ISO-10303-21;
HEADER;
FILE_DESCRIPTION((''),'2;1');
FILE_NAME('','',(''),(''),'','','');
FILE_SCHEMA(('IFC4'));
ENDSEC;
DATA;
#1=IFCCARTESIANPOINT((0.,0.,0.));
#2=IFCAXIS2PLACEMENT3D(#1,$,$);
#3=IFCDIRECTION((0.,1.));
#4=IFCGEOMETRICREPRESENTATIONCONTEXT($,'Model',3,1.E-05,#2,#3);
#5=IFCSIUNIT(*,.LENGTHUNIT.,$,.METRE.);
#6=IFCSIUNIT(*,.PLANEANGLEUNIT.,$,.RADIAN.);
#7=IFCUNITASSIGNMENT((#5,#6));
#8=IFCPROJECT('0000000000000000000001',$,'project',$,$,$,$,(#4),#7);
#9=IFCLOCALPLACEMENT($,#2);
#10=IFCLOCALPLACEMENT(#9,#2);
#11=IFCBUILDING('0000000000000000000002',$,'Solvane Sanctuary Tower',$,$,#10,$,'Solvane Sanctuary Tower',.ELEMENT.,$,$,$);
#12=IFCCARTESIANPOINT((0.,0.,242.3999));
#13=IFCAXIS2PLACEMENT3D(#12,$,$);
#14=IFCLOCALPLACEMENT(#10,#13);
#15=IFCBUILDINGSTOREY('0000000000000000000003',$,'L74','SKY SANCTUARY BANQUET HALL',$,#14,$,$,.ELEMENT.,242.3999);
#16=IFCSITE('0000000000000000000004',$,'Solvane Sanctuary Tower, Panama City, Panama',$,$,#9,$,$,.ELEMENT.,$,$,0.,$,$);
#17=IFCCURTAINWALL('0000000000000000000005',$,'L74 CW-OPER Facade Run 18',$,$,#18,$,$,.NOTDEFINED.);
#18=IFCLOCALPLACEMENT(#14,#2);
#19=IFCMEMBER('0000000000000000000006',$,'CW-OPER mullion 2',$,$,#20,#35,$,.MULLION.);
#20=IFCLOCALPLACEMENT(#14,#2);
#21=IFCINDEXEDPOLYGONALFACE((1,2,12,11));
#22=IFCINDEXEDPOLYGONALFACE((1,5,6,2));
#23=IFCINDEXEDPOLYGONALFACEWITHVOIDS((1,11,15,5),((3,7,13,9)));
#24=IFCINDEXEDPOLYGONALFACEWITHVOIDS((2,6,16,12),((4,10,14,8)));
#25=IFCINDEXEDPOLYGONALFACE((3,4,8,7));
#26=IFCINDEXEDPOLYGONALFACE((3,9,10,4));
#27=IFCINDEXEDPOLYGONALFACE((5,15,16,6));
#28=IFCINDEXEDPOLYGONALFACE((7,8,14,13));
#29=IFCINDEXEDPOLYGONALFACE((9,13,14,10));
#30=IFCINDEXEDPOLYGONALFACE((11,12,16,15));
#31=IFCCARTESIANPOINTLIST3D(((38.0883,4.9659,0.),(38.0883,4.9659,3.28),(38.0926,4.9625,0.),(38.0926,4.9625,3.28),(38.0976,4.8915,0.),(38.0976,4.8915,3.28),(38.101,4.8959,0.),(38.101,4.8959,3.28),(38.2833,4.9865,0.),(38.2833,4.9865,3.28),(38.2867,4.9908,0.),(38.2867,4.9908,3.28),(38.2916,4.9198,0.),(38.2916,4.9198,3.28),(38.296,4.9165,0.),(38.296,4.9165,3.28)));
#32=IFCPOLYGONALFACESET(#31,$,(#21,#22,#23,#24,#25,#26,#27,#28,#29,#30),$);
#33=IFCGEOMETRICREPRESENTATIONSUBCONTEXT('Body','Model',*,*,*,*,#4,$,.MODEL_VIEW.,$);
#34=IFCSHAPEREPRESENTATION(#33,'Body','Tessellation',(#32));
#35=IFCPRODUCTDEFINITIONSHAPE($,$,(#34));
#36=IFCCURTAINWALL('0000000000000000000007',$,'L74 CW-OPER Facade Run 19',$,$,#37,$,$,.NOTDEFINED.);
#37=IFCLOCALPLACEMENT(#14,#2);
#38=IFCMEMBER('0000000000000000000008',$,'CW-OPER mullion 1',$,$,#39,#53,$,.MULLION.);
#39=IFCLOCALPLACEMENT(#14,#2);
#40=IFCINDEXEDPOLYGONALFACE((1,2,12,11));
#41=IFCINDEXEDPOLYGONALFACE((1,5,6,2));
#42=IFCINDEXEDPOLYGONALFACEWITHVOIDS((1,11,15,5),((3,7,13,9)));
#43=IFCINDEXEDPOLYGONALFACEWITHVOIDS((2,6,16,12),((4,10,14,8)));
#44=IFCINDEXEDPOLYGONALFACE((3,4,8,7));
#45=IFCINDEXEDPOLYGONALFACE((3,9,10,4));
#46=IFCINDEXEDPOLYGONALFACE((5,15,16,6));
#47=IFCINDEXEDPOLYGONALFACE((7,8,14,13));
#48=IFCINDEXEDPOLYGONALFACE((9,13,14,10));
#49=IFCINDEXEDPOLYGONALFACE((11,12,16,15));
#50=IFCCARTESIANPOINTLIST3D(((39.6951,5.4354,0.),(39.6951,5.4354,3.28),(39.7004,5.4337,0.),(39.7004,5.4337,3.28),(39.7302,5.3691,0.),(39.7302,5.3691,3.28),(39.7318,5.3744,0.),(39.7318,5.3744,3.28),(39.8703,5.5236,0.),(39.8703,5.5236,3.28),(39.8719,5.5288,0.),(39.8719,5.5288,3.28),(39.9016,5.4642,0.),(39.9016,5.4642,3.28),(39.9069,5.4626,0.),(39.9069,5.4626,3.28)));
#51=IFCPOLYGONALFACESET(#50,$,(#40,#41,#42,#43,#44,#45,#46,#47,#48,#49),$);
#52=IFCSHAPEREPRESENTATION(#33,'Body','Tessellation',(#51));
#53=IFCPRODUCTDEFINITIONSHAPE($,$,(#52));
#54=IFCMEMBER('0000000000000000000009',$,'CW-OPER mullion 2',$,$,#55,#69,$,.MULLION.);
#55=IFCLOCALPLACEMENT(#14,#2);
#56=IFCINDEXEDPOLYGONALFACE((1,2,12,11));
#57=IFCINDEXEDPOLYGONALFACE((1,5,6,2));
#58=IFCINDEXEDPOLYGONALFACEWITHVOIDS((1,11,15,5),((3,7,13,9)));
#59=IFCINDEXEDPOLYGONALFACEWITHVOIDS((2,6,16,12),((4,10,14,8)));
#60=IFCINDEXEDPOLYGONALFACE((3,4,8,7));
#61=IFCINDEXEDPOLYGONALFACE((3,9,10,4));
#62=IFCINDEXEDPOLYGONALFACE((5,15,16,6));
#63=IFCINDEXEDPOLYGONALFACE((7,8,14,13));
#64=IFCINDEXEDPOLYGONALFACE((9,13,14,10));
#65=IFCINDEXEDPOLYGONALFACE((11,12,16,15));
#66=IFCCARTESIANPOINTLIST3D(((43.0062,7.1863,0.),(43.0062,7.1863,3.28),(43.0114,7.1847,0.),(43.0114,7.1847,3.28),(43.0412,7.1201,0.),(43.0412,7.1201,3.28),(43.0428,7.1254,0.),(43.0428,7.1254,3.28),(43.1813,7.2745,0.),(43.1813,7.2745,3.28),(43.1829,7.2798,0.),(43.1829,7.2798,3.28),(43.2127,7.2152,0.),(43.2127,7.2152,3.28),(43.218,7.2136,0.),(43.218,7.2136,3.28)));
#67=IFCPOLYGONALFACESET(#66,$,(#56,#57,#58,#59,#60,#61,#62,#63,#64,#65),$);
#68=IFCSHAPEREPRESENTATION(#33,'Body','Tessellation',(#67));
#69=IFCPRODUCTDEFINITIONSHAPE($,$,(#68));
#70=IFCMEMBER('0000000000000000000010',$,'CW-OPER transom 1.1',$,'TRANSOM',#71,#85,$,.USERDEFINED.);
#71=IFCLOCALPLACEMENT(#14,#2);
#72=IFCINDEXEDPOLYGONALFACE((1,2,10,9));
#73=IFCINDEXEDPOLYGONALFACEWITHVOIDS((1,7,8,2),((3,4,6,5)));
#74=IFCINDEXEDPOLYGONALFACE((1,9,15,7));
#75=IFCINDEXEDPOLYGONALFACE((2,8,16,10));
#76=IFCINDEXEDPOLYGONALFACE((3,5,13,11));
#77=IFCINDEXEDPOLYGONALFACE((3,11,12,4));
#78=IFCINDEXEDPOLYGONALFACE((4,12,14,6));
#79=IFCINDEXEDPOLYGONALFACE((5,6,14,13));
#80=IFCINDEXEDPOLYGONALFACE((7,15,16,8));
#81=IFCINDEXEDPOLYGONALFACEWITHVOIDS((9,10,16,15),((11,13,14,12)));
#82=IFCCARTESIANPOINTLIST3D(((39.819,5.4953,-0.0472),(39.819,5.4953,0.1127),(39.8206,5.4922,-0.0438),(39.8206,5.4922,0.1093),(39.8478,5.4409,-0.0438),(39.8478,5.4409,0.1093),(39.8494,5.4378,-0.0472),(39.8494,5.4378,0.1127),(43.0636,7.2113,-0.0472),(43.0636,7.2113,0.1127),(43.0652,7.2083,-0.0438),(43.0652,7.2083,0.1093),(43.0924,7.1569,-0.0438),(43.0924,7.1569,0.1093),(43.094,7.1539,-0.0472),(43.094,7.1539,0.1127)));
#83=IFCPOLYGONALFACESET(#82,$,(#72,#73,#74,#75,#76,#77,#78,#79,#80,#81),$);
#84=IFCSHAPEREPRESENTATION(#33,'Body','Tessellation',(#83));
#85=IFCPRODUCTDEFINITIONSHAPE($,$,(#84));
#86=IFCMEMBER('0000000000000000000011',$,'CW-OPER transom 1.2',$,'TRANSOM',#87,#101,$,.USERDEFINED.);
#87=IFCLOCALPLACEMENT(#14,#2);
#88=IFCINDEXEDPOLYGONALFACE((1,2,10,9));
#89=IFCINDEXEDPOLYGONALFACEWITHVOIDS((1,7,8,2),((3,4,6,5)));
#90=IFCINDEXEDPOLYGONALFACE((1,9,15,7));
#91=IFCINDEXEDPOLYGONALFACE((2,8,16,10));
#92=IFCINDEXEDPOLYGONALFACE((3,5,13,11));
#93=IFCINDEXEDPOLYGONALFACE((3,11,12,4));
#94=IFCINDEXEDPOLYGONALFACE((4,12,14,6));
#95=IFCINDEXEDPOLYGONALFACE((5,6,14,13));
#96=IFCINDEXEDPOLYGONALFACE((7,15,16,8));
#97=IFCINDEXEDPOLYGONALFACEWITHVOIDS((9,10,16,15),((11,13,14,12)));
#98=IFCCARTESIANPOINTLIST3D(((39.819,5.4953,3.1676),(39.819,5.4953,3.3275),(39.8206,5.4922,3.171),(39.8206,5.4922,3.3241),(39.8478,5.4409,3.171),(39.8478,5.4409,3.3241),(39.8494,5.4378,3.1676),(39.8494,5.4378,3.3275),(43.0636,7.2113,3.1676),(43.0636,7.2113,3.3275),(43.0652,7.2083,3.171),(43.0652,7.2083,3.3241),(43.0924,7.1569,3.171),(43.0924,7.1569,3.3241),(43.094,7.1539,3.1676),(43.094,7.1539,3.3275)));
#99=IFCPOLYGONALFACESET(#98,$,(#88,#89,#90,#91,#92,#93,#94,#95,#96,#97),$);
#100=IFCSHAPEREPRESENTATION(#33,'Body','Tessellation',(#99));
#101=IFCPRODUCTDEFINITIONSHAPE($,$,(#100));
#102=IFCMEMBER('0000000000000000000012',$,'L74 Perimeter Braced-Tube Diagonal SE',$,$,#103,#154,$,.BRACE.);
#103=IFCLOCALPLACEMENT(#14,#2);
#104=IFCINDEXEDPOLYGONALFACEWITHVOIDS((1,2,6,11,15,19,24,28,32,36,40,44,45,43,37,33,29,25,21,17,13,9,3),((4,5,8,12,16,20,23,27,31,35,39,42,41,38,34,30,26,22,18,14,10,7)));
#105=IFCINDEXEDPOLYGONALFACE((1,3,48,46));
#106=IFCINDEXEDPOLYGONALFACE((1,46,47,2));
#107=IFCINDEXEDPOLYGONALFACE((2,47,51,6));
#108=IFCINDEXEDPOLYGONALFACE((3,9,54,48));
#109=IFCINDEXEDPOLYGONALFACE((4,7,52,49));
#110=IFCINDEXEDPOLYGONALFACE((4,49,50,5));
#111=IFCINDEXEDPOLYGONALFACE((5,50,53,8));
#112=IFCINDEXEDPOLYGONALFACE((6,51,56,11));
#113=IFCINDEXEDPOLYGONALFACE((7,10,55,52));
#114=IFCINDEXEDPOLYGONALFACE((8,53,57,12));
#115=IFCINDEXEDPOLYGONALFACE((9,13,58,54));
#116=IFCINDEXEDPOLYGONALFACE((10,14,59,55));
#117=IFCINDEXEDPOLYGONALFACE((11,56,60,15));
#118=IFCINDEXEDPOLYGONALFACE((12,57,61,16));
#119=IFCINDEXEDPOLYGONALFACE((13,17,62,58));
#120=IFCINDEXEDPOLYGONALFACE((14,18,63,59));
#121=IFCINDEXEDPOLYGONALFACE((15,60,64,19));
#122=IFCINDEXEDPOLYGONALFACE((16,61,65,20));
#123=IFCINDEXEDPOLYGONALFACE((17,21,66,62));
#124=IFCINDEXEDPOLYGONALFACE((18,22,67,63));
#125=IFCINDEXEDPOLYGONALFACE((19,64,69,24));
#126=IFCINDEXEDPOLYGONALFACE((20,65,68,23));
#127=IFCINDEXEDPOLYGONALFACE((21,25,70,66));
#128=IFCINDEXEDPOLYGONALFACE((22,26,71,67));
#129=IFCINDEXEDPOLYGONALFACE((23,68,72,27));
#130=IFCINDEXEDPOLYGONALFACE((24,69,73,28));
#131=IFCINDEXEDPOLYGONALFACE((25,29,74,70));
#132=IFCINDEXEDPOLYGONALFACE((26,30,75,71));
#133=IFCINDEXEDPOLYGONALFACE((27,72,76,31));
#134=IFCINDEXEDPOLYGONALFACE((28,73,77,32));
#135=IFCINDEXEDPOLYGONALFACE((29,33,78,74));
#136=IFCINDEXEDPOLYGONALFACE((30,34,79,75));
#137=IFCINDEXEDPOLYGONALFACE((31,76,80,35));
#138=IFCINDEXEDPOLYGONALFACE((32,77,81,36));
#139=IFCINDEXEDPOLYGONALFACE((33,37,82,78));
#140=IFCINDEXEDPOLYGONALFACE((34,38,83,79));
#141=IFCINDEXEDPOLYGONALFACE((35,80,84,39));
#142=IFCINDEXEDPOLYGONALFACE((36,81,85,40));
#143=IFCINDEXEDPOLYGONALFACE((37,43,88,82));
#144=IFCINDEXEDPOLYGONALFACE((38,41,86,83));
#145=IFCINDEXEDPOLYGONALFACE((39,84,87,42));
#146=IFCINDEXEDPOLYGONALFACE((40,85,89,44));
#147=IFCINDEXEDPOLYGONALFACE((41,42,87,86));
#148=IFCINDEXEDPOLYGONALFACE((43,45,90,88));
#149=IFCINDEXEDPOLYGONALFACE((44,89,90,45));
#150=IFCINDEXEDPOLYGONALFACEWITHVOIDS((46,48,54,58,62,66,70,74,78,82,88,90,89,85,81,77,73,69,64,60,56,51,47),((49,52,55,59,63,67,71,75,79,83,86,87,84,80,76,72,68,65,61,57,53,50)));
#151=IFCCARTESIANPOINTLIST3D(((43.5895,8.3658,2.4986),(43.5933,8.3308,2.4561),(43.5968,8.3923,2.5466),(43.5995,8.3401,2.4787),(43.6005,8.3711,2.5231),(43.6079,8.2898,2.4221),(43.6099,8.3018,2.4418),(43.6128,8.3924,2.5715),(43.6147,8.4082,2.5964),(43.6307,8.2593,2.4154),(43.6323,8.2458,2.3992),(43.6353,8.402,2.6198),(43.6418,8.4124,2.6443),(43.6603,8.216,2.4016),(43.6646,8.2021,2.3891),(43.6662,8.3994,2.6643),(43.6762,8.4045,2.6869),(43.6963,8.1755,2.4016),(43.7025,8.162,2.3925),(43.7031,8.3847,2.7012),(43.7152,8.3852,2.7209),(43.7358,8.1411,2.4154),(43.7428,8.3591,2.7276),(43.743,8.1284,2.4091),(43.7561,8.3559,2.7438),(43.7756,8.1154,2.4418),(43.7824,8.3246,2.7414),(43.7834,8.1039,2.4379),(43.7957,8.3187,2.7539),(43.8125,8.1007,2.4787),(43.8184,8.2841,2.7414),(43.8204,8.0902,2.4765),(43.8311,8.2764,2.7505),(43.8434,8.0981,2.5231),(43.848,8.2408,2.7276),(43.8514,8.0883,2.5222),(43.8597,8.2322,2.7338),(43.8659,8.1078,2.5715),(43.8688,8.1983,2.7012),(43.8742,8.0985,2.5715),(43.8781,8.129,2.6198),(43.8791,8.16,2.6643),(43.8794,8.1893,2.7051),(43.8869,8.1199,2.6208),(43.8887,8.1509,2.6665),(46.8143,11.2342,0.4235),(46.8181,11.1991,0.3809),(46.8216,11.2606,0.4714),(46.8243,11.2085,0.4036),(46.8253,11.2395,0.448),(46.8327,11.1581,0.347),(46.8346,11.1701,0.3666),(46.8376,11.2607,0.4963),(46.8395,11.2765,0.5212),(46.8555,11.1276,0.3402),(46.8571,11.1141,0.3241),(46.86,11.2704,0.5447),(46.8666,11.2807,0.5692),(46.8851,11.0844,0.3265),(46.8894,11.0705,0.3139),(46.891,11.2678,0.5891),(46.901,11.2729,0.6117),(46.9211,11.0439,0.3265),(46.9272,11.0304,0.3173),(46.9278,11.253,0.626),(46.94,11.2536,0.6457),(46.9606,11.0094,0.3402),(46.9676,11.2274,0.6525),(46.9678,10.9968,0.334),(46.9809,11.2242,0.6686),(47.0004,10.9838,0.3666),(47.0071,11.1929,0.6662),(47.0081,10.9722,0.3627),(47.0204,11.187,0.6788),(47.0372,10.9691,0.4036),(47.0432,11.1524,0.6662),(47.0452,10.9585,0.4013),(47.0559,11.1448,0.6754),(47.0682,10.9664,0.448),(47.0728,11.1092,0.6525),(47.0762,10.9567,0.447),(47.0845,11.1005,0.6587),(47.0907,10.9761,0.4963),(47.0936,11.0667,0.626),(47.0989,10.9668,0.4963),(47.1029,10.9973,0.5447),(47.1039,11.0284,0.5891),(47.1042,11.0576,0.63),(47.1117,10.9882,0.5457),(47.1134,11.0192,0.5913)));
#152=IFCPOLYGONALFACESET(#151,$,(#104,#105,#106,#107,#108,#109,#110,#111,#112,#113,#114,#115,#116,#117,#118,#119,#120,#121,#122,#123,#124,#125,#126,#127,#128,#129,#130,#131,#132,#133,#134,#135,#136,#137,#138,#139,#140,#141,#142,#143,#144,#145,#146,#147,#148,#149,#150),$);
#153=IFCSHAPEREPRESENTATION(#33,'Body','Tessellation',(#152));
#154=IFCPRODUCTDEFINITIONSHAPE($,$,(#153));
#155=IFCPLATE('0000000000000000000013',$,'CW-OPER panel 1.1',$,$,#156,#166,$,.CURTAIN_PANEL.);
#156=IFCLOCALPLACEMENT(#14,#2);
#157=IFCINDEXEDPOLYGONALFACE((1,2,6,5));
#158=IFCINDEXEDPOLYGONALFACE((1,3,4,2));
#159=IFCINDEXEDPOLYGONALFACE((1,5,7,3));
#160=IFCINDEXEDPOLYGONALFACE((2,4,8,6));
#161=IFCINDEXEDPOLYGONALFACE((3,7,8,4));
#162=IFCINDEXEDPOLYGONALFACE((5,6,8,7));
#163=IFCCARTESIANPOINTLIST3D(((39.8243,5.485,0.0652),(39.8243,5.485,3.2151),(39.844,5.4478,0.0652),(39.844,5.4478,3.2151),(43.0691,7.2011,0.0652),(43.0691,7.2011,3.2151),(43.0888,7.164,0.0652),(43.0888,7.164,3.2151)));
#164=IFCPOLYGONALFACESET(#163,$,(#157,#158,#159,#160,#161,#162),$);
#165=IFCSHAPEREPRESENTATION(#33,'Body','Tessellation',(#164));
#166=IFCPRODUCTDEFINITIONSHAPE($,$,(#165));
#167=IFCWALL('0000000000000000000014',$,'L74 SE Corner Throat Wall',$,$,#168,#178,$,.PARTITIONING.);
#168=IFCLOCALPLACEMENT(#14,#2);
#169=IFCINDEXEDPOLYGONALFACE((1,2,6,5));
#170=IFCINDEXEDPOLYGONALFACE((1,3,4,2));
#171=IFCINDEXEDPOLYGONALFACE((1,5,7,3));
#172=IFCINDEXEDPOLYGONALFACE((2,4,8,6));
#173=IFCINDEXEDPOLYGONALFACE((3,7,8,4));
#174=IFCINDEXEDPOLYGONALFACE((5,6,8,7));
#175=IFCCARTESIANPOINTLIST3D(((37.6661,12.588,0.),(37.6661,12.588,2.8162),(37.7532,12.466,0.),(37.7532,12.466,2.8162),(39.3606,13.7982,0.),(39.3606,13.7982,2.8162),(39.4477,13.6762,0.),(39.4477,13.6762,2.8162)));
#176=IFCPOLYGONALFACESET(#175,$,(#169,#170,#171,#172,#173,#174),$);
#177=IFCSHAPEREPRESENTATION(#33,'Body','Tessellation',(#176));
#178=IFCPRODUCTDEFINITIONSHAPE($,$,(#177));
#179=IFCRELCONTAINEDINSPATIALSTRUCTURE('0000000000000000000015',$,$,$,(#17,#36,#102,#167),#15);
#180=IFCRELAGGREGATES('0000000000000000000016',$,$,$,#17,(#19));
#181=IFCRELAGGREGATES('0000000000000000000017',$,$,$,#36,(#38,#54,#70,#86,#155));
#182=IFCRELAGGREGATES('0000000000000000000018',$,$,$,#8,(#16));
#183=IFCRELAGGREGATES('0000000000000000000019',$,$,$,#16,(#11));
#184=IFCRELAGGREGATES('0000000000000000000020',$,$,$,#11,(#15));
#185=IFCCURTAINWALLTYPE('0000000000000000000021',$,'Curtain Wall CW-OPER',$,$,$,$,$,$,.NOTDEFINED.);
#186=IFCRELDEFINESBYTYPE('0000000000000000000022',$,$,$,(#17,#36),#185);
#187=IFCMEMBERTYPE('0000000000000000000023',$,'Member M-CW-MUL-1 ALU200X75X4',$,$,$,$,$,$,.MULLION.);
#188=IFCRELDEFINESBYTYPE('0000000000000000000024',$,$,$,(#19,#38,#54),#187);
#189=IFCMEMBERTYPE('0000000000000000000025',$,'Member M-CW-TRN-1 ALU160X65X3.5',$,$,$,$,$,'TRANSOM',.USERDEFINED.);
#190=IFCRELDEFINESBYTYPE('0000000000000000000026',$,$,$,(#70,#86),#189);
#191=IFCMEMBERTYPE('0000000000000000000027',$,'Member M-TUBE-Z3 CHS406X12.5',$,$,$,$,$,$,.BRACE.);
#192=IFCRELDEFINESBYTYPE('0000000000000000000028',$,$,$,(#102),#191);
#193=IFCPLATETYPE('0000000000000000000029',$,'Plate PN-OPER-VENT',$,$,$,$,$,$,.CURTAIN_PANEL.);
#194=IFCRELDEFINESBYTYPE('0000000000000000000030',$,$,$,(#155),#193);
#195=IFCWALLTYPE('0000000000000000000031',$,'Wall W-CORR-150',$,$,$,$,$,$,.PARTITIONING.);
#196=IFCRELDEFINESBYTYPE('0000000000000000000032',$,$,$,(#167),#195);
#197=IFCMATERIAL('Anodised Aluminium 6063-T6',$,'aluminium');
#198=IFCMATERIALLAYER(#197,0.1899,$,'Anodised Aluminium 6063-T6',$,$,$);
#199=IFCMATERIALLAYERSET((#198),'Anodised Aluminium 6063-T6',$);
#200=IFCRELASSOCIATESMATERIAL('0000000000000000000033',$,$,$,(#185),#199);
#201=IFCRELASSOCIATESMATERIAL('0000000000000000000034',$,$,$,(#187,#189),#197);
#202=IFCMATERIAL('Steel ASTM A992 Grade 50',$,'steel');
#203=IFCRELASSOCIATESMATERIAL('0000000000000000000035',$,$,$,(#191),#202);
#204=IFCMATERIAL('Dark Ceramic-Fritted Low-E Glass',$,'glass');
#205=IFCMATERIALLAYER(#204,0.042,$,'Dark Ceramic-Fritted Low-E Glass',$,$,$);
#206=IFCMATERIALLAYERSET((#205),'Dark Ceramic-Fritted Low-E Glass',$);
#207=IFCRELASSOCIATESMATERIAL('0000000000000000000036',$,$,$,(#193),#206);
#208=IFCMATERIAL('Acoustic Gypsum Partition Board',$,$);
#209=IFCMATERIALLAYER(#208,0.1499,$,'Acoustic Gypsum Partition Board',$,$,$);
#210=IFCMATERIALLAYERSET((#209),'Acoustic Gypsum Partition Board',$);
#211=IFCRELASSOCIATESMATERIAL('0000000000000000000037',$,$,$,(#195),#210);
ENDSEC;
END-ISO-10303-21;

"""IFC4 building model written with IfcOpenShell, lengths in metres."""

from ifc_helpers import new_model, si_unit, direction, frame, frame_2d, origin, origin_2d, place, context, subcontext, project, spatial, rectangle, hollow_rectangle, hollow_circle, extrude, material, layer, layer_set, material_profile, profile_set, type_object, element, aggregate, save


model = new_model("IFC4")

# Units and contexts
model_context = context("Model", 3, precision=1e-05, world=origin(), true_north=direction((0.0, 1.0)))
body_context = subcontext(model_context, "Body", "Model", "MODEL_VIEW")
ifc_project = project(units=[si_unit("LENGTHUNIT", "METRE"), si_unit("PLANEANGLEUNIT", "RADIAN")], contexts=[model_context])

# Site, building, storey
site_placement = place(None, origin())
site = spatial("IfcSite", under=ifc_project, at=site_placement, Name="Solvane Sanctuary Tower, Panama City, Panama", CompositionType="ELEMENT", RefElevation=0.0)
building_placement = place(site_placement, origin())
building = spatial("IfcBuilding", under=site, at=building_placement, Name="Solvane Sanctuary Tower", LongName="Solvane Sanctuary Tower", CompositionType="ELEMENT")
storey_placement = place(building_placement, frame((0.0, 0.0, 242.3999)))
storey = spatial("IfcBuildingStorey", under=building, at=storey_placement, Name="L74", Description="SKY SANCTUARY BANQUET HALL", CompositionType="ELEMENT", Elevation=242.3999)

# Shared definitions
ifc_material_1 = material(Name="Steel ASTM A992 Grade 50", Category="steel")

# Curtain wall, member
ifc_material_2 = material(Name="Anodised Aluminium 6063-T6", Category="aluminium")
ifc_layer_1 = layer(ifc_material_2, 0.1899, Name="Anodised Aluminium 6063-T6")
ifc_layer_set_1 = layer_set([ifc_layer_1], Name="Anodised Aluminium 6063-T6")
curtain_wall_type = type_object("IfcCurtainWallType", Name="Curtain Wall CW-OPER", PredefinedType="NOTDEFINED", material=ifc_layer_set_1)
curtain_wall_1_placement = place(storey_placement, origin())
curtain_wall_1 = element("IfcCurtainWall", 1, at=curtain_wall_1_placement, inside=storey, type_object=curtain_wall_type, Name="L74 CW-OPER Facade Run 18", PredefinedType="NOTDEFINED")
ifc_material_profile_1 = material_profile(ifc_material_2, hollow_rectangle(XDim=0.075, YDim=0.2, WallThickness=0.0039, at=origin_2d()), Name="ALU200X75X4")
ifc_profile_set_1 = profile_set([ifc_material_profile_1], Name="Anodised Aluminium 6063-T6")
member_type_1 = type_object("IfcMemberType", Name="Member M-CW-MUL-1 ALU200X75X4", PredefinedType="MULLION", material=ifc_profile_set_1)
member_1_placement = place(storey_placement, frame((38.1921, 4.9412, 0.0), z_axis=(0.0, 0.0, 1.0), x_axis=(-0.124815, 0.99218, 0.0)))
member_1 = element("IfcMember", 2, at=member_1_placement, type_object=member_type_1, Name="CW-OPER mullion 2", PredefinedType="MULLION", context=body_context, shape_type="SweptSolid", body=[
    extrude(hollow_rectangle(XDim=0.075, YDim=0.2, WallThickness=0.0039, at=origin_2d()), origin(), (0.0, 0.0, 1.0), 3.28),
])
aggregate(curtain_wall_1, [member_1])

# Curtain wall, members
curtain_wall_2_placement = place(storey_placement, origin())
curtain_wall_2 = element("IfcCurtainWall", 3, at=curtain_wall_2_placement, inside=storey, type_object=curtain_wall_type, Name="L74 CW-OPER Facade Run 19", PredefinedType="NOTDEFINED")
member_2_placement = place(storey_placement, frame((39.801, 5.449, 0.0), z_axis=(0.0, 0.0, 1.0), x_axis=(-0.467523, 0.883981, 0.0)))
member_2 = element("IfcMember", 4, at=member_2_placement, type_object=member_type_1, Name="CW-OPER mullion 1", PredefinedType="MULLION", context=body_context, shape_type="SweptSolid", body=[
    extrude(hollow_rectangle(XDim=0.075, YDim=0.2, WallThickness=0.0039, at=origin_2d()), origin(), (0.0, 0.0, 1.0), 3.28),
])
member_3_placement = place(storey_placement, frame((43.1121, 7.2, 0.0), z_axis=(0.0, 0.0, 1.0), x_axis=(-0.467523, 0.883981, 0.0)))
member_3 = element("IfcMember", 5, at=member_3_placement, type_object=member_type_1, Name="CW-OPER mullion 2", PredefinedType="MULLION", context=body_context, shape_type="SweptSolid", body=[
    extrude(hollow_rectangle(XDim=0.075, YDim=0.2, WallThickness=0.0039, at=origin_2d()), origin(), (0.0, 0.0, 1.0), 3.28),
])
ifc_material_profile_2 = material_profile(ifc_material_2, hollow_rectangle(XDim=0.0649, YDim=0.1599, WallThickness=0.0034, at=origin_2d()), Name="ALU160X65X3.5")
ifc_profile_set_2 = profile_set([ifc_material_profile_2], Name="Anodised Aluminium 6063-T6")
member_type_2 = type_object("IfcMemberType", Name="Member M-CW-TRN-1 ALU160X65X3.5", ElementType="TRANSOM", PredefinedType="USERDEFINED", material=ifc_profile_set_2)
member_4_placement = place(storey_placement, frame((39.8342, 5.4666, 0.0327), z_axis=(0.883977, 0.46753, 0.0), x_axis=(-0.46753, 0.883977, 0.0)))
member_4 = element("IfcMember", 6, at=member_4_placement, type_object=member_type_2, Name="CW-OPER transom 1.1", ObjectType="TRANSOM", PredefinedType="USERDEFINED", context=body_context, shape_type="SweptSolid", body=[
    extrude(hollow_rectangle(XDim=0.0649, YDim=0.1599, WallThickness=0.0034, at=origin_2d()), origin(), (0.0, 0.0, 1.0), 3.6704),
])
member_5_placement = place(storey_placement, frame((39.8342, 5.4666, 3.2476), z_axis=(0.883977, 0.46753, 0.0), x_axis=(-0.46753, 0.883977, 0.0)))
member_5 = element("IfcMember", 7, at=member_5_placement, type_object=member_type_2, Name="CW-OPER transom 1.2", ObjectType="TRANSOM", PredefinedType="USERDEFINED", context=body_context, shape_type="SweptSolid", body=[
    extrude(hollow_rectangle(XDim=0.0649, YDim=0.1599, WallThickness=0.0034, at=origin_2d()), origin(), (0.0, 0.0, 1.0), 3.6704),
])

# Member
ifc_material_profile_3 = material_profile(ifc_material_1, hollow_circle(Radius=0.2029, WallThickness=0.0125, at=origin_2d()), Name="CHS406X12.5")
ifc_profile_set_3 = profile_set([ifc_material_profile_3], Name="Steel ASTM A992 Grade 50")
member_type_3 = type_object("IfcMemberType", Name="Member M-TUBE-Z3 CHS406X12.5", PredefinedType="BRACE", material=ifc_profile_set_3)
member_6_placement = place(storey_placement, frame((46.9641, 11.1184, 0.4963), z_axis=(-0.673397, -0.598966, 0.433331), x_axis=(0.664606, -0.747194, 0.0)))
element("IfcMember", 8, at=member_6_placement, inside=storey, type_object=member_type_3, Name="L74 Perimeter Braced-Tube Diagonal SE", PredefinedType="BRACE", context=body_context, shape_type="SweptSolid", body=[
    extrude(hollow_circle(Radius=0.2029, WallThickness=0.0125, at=origin_2d()), origin(), (0.0, 0.0, 1.0), 4.7888),
])

# Plate
ifc_material_3 = material(Name="Dark Ceramic-Fritted Low-E Glass", Category="glass")
ifc_layer_2 = layer(ifc_material_3, 0.042, Name="Dark Ceramic-Fritted Low-E Glass")
ifc_layer_set_2 = layer_set([ifc_layer_2], Name="Dark Ceramic-Fritted Low-E Glass")
plate_type = type_object("IfcPlateType", Name="Plate PN-OPER-VENT", PredefinedType="CURTAIN_PANEL", material=ifc_layer_set_2)
plate_placement = place(storey_placement, frame((41.4565, 6.3245, 0.0652), z_axis=(0.0, 0.0, 1.0), x_axis=(0.883981, 0.467523, 0.0)))
plate = element("IfcPlate", 9, at=plate_placement, type_object=plate_type, Name="CW-OPER panel 1.1", PredefinedType="CURTAIN_PANEL", context=body_context, shape_type="SweptSolid", body=[
    extrude(rectangle(XDim=3.6707, YDim=0.042, at=origin_2d()), origin(), (0.0, 0.0, 1.0), 3.1499),
])
aggregate(curtain_wall_2, [member_2, member_3, member_4, member_5, plate])

# Wall
ifc_material_4 = material(Name="Acoustic Gypsum Partition Board")
ifc_layer_3 = layer(ifc_material_4, 0.1499, Name="Acoustic Gypsum Partition Board")
ifc_layer_set_3 = layer_set([ifc_layer_3], Name="Acoustic Gypsum Partition Board")
wall_type_1 = type_object("IfcWallType", Name="Wall W-CORR-150", PredefinedType="PARTITIONING", material=ifc_layer_set_3)
wall_1_placement = place(storey_placement, frame((37.7097, 12.5271, 0.0), z_axis=(0.0, 0.0, 1.0), x_axis=(0.813781, 0.581172, 0.0)))
element("IfcWall", 10, at=wall_1_placement, inside=storey, type_object=wall_type_1, Name="L74 SE Corner Throat Wall", PredefinedType="PARTITIONING", context=body_context, shape_type="SweptSolid", body=[
    extrude(rectangle(XDim=2.0823, YDim=0.1499, at=frame_2d((1.041, 0.0))), origin(), (0.0, 0.0, 1.0), 2.8162),
])

save(model, "model.ifc")
